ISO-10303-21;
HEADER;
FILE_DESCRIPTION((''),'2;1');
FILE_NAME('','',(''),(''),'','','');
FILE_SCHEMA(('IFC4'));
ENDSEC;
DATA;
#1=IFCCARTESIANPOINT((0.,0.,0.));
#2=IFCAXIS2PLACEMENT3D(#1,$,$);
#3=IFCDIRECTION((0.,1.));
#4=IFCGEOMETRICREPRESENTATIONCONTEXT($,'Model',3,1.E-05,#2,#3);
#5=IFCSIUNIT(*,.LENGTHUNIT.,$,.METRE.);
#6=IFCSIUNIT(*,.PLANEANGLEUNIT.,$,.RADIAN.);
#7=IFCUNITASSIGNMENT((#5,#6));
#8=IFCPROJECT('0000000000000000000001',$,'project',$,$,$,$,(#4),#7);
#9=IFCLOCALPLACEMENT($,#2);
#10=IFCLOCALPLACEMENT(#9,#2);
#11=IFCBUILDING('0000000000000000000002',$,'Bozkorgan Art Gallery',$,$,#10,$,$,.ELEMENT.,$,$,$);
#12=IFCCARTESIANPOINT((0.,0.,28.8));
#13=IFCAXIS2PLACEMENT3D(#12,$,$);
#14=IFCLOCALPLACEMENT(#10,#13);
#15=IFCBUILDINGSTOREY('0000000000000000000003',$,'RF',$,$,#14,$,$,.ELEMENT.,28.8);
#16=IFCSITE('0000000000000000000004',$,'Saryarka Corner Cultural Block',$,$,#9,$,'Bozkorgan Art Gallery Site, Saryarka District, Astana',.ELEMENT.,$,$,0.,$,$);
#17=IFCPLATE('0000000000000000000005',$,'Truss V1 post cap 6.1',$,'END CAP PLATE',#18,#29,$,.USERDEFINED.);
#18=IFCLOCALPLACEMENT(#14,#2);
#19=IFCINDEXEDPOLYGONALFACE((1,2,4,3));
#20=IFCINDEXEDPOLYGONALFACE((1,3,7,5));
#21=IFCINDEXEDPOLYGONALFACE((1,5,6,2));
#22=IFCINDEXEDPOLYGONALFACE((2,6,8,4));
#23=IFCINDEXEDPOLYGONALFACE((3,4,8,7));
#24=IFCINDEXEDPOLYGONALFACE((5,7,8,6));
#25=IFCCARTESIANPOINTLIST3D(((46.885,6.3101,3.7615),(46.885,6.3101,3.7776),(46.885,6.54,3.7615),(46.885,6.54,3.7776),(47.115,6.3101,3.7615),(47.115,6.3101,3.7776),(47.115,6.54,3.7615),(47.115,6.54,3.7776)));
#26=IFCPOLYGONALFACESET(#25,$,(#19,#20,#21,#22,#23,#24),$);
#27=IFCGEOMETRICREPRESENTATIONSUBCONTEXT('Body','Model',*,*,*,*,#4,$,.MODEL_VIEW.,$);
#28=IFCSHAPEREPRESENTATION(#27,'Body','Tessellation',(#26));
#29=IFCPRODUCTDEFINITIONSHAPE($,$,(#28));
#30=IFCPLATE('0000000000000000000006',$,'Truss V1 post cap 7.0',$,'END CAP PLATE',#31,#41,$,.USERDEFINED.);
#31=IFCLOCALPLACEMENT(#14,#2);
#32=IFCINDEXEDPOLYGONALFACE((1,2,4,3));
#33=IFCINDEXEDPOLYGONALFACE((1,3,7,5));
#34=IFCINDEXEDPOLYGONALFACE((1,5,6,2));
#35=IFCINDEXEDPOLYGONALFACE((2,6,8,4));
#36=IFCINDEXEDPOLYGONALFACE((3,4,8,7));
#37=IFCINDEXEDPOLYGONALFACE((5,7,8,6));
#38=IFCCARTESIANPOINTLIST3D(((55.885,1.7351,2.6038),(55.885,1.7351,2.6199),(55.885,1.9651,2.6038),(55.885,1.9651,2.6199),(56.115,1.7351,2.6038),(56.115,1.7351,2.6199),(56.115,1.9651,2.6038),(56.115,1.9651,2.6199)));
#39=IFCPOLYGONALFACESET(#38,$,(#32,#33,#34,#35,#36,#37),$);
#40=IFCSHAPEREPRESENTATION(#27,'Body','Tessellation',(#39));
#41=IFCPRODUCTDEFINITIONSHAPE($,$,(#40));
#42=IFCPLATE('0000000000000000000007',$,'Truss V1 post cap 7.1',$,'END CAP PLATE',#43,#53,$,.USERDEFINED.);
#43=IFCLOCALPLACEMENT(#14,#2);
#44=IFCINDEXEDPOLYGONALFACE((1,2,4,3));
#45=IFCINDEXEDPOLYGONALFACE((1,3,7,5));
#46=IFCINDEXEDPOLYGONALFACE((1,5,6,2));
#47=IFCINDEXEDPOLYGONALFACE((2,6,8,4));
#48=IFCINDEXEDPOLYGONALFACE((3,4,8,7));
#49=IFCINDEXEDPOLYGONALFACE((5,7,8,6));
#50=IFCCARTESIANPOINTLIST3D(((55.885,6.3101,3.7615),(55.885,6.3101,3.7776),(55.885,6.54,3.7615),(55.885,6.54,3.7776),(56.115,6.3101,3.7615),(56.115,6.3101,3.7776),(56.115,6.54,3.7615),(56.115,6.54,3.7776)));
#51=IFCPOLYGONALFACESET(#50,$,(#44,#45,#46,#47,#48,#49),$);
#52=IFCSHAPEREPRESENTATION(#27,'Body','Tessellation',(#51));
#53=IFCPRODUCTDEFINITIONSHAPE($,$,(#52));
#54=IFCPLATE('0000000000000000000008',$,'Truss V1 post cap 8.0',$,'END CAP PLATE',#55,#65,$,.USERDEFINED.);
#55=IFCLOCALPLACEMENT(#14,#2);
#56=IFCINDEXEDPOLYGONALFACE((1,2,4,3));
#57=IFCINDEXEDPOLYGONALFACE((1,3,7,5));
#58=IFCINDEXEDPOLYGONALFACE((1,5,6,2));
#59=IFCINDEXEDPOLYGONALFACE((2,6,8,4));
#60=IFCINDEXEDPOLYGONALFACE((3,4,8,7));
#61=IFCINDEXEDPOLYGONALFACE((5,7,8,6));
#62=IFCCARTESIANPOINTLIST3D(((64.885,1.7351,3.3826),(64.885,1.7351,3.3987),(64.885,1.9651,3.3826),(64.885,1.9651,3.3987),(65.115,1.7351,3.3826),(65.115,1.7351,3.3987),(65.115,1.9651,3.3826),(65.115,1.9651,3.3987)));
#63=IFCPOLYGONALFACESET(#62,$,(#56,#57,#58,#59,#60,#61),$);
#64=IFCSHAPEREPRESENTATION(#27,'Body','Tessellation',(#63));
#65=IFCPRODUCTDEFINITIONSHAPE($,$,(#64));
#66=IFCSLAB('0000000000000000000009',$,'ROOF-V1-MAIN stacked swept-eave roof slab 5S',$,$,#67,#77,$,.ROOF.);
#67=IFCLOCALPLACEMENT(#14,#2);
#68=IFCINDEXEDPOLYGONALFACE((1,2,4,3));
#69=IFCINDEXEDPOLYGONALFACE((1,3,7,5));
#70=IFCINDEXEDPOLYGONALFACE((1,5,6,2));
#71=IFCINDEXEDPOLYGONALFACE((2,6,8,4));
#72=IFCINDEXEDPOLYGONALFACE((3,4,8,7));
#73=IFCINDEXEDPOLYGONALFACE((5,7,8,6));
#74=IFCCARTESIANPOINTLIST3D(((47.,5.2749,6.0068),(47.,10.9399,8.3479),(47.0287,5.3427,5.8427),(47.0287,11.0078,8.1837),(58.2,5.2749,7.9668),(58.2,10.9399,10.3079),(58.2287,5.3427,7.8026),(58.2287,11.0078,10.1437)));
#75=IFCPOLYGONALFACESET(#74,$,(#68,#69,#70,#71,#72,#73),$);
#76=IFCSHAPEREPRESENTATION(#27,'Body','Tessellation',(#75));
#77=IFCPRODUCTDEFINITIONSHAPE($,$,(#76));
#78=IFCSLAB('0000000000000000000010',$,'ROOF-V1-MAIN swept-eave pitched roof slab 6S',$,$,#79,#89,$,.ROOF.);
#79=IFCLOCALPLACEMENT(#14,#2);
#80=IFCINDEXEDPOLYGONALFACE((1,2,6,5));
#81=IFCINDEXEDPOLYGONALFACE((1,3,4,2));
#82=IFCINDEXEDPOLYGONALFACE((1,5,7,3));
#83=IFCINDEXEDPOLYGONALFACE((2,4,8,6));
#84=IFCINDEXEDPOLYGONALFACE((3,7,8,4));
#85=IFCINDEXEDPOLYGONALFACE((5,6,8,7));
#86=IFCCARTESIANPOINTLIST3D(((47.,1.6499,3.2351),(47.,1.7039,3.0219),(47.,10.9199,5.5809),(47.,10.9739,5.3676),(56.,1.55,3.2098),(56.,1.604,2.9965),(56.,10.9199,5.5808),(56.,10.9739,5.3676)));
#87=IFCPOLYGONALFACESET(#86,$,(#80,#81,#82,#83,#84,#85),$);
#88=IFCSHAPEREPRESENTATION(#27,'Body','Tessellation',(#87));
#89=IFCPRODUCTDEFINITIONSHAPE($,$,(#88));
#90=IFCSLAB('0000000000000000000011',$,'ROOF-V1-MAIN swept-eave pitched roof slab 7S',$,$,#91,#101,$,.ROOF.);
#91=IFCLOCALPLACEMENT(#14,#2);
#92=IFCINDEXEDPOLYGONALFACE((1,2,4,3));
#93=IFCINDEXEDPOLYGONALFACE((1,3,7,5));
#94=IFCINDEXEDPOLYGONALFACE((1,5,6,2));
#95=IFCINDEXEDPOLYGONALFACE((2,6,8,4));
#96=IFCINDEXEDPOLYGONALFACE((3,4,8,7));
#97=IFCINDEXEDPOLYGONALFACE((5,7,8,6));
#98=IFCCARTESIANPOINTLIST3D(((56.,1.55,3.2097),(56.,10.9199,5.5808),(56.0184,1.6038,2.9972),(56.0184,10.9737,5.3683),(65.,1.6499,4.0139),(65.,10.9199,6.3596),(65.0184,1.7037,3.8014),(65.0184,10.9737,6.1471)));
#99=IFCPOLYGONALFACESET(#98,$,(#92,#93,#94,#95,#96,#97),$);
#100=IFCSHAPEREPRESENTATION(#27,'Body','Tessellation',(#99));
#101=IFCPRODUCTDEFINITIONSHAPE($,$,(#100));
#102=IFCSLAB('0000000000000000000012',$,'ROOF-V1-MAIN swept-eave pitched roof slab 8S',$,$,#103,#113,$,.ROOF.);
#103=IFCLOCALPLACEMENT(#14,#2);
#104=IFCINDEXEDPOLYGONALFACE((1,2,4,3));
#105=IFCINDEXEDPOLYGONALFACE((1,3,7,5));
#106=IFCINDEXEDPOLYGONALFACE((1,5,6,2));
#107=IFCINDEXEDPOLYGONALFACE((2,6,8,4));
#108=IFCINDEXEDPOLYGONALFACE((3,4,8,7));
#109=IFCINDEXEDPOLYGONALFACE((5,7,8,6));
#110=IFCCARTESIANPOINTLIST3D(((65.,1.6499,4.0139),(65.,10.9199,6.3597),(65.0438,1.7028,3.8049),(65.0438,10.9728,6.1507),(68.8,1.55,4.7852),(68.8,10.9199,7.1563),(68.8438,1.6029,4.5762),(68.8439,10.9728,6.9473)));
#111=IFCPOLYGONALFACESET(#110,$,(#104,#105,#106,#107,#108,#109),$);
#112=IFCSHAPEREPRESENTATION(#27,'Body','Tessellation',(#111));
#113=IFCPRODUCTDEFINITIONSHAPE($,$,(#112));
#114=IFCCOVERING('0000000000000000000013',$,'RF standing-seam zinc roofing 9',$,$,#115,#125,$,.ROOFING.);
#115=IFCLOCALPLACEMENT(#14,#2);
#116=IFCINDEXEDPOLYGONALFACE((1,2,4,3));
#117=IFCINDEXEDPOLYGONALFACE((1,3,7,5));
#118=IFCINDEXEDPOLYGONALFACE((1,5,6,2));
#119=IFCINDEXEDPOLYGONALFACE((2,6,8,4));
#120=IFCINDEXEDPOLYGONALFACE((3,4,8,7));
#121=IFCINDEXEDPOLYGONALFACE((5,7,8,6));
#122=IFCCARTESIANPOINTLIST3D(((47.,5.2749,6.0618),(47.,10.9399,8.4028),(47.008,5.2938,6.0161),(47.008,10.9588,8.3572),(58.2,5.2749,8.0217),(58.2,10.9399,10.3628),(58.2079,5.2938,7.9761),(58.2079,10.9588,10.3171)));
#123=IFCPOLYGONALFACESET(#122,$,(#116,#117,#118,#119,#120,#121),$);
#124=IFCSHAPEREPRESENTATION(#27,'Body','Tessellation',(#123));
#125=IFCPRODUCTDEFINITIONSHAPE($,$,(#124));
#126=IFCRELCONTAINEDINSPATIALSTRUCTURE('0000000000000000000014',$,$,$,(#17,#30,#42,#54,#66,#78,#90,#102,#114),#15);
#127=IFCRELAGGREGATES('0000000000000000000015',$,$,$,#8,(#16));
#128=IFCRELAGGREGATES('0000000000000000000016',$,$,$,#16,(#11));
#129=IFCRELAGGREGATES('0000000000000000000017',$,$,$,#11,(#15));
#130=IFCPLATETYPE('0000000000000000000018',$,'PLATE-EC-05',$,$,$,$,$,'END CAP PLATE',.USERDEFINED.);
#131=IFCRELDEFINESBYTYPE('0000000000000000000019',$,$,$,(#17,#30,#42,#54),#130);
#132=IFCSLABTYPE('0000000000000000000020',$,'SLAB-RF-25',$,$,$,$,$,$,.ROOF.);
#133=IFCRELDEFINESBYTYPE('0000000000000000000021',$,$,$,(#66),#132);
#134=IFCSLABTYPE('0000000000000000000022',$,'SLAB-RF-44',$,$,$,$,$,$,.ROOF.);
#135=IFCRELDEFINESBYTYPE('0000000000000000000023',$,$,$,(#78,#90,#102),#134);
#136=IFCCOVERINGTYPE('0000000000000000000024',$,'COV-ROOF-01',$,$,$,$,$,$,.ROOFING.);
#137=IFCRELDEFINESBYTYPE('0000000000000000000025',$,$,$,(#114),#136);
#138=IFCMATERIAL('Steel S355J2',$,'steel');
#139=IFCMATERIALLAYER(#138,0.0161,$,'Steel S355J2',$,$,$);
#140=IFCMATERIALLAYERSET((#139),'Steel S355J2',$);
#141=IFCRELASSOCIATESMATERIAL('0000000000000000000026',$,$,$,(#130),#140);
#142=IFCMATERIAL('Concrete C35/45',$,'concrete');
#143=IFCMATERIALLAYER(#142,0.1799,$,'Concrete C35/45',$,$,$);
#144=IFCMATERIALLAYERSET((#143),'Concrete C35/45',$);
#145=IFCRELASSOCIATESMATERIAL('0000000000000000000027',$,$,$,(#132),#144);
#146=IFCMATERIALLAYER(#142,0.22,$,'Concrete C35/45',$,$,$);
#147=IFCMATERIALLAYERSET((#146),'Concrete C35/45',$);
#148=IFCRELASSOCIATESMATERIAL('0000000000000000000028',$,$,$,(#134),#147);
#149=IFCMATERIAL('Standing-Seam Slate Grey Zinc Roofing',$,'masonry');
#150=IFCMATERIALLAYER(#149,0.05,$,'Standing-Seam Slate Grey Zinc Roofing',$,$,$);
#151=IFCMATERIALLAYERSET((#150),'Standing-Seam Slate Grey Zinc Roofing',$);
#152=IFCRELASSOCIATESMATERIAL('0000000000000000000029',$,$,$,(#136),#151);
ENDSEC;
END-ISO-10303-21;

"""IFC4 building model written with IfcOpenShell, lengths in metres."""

from ifc_helpers import new_model, si_unit, direction, frame, origin, origin_2d, place, context, subcontext, project, spatial, polyline, rectangle, outline, extrude, material, layer, layer_set, type_object, element, save


model = new_model("IFC4")

# Units and contexts
model_context = context("Model", 3, precision=1e-05, world=origin(), true_north=direction((0.0, 1.0)))
body_context = subcontext(model_context, "Body", "Model", "MODEL_VIEW")
ifc_project = project(units=[si_unit("LENGTHUNIT", "METRE"), si_unit("PLANEANGLEUNIT", "RADIAN")], contexts=[model_context])

# Site, building, storey
site_placement = place(None, origin())
site = spatial("IfcSite", under=ifc_project, at=site_placement, Name="Saryarka Corner Cultural Block", LongName="Bozkorgan Art Gallery Site, Saryarka District, Astana", CompositionType="ELEMENT", RefElevation=0.0)
building_placement = place(site_placement, origin())
building = spatial("IfcBuilding", under=site, at=building_placement, Name="Bozkorgan Art Gallery", CompositionType="ELEMENT")
storey_placement = place(building_placement, frame((0.0, 0.0, 28.8)))
storey = spatial("IfcBuildingStorey", under=building, at=storey_placement, Name="RF", CompositionType="ELEMENT", Elevation=28.8)

# Shared definitions
ifc_material_1 = material(Name="Steel S355J2", Category="steel")

# Plates
ifc_layer_1 = layer(ifc_material_1, 0.0161, Name="Steel S355J2")
ifc_layer_set_1 = layer_set([ifc_layer_1], Name="Steel S355J2")
plate_type_1 = type_object("IfcPlateType", Name="PLATE-EC-05", ElementType="END CAP PLATE", PredefinedType="USERDEFINED", material=ifc_layer_set_1)
for number, where, z_axis, x_axis, name in (
    (1, (47.0, 6.425, 3.7615), (0.0, 0.0, 1.0), (1.0, 0.0, 0.0), "Truss V1 post cap 6.1"),
    (2, (56.0, 1.8501, 2.6038), (0.0, 0.0, 1.0), (1.0, 0.0, 0.0), "Truss V1 post cap 7.0"),
    (3, (56.0, 6.425, 3.7615), (0.0, 0.0, 1.0), (1.0, 0.0, 0.0), "Truss V1 post cap 7.1"),
    (4, (65.0, 1.8501, 3.3826), (0.0, 0.0, 1.0), (1.0, 0.0, 0.0), "Truss V1 post cap 8.0"),
):
    element("IfcPlate", number, at=place(storey_placement, frame(where, z_axis=z_axis, x_axis=x_axis)), inside=storey, type_object=plate_type_1, Name=name, ObjectType="END CAP PLATE", PredefinedType="USERDEFINED", context=body_context, shape_type="SweptSolid", body=[
        extrude(rectangle(XDim=0.23, YDim=0.23, at=origin_2d()), origin(), (0.0, 0.0, 1.0), 0.0161),
    ])

# Slabs
ifc_material_2 = material(Name="Concrete C35/45", Category="concrete")
ifc_layer_2 = layer(ifc_material_2, 0.1799, Name="Concrete C35/45")
ifc_layer_set_2 = layer_set([ifc_layer_2], Name="Concrete C35/45")
slab_type_1 = type_object("IfcSlabType", Name="SLAB-RF-25", PredefinedType="ROOF", material=ifc_layer_set_2)
slab_1_placement = place(storey_placement, frame((47.0, 5.2749, 6.0068), z_axis=(-0.159657, -0.377022, 0.91234), x_axis=(0.985031, 0.0, 0.172378)))
element("IfcSlab", 5, at=slab_1_placement, inside=storey, type_object=slab_type_1, Name="ROOF-V1-MAIN stacked swept-eave roof slab 5S", PredefinedType="ROOF", context=body_context, shape_type="SweptSolid", body=[
    extrude(outline(polyline([(0.0, 0.0), (11.3702, 0.0), (11.7737, 6.1164), (0.4035, 6.1164), (0.0, 0.0)])), origin(), (0.0, 0.0, -1.0), 0.1799),
])
ifc_layer_3 = layer(ifc_material_2, 0.22, Name="Concrete C35/45")
ifc_layer_set_3 = layer_set([ifc_layer_3], Name="Concrete C35/45")
slab_type_2 = type_object("IfcSlabType", Name="SLAB-RF-44", PredefinedType="ROOF", material=ifc_layer_set_3)
slab_2_placement = place(storey_placement, frame((47.0, 1.6499, 3.2351), z_axis=(0.000007, -0.245316, 0.969443), x_axis=(0.999934, -0.011096, -0.002815)))
element("IfcSlab", 6, at=slab_2_placement, inside=storey, type_object=slab_type_2, Name="ROOF-V1-MAIN swept-eave pitched roof slab 6S", PredefinedType="ROOF", context=body_context, shape_type="SweptSolid", body=[
    extrude(outline(polyline([(0.0, 0.0), (9.0006, 0.0), (8.89, 9.6646), (-0.1095, 9.5616), (0.0, 0.0)])), origin(), (0.0, 0.0, -1.0), 0.22),
])
slab_3_placement = place(storey_placement, frame((56.0, 1.55, 3.2097), z_axis=(-0.083603, -0.244457, 0.966049), x_axis=(0.995971, 0.011052, 0.088989)))
element("IfcSlab", 7, at=slab_3_placement, inside=storey, type_object=slab_type_2, Name="ROOF-V1-MAIN swept-eave pitched roof slab 7S", PredefinedType="ROOF", context=body_context, shape_type="SweptSolid", body=[
    extrude(outline(polyline([(0.0, 0.0), (9.0364, 0.0), (9.3476, 9.5571), (0.3146, 9.6601), (0.0, 0.0)])), origin(), (0.0, 0.0, -1.0), 0.22),
])
slab_4_placement = place(storey_placement, frame((65.0, 1.6499, 4.0139), z_axis=(-0.199145, -0.240402, 0.950025), x_axis=(0.979692, -0.025747, 0.198849)))
element("IfcSlab", 8, at=slab_4_placement, inside=storey, type_object=slab_type_2, Name="ROOF-V1-MAIN swept-eave pitched roof slab 8S", PredefinedType="ROOF", context=body_context, shape_type="SweptSolid", body=[
    extrude(outline(polyline([(0.0, 0.0), (3.8788, 0.0), (4.1091, 9.6625), (0.2278, 9.5595), (0.0, 0.0)])), origin(), (0.0, 0.0, -1.0), 0.22),
])

# Covering
ifc_material_3 = material(Name="Standing-Seam Slate Grey Zinc Roofing", Category="masonry")
ifc_layer_4 = layer(ifc_material_3, 0.05, Name="Standing-Seam Slate Grey Zinc Roofing")
ifc_layer_set_4 = layer_set([ifc_layer_4], Name="Standing-Seam Slate Grey Zinc Roofing")
covering_type = type_object("IfcCoveringType", Name="COV-ROOF-01", PredefinedType="ROOFING", material=ifc_layer_set_4)
covering_placement = place(storey_placement, frame((47.0, 5.2749, 6.0618), z_axis=(-0.159657, -0.377022, 0.91234), x_axis=(0.985031, 0.0, 0.172378)))
element("IfcCovering", 9, at=covering_placement, inside=storey, type_object=covering_type, Name="RF standing-seam zinc roofing 9", PredefinedType="ROOFING", context=body_context, shape_type="SweptSolid", body=[
    extrude(outline(polyline([(0.0, 0.0), (11.3702, 0.0), (11.7737, 6.1164), (0.4035, 6.1164), (0.0, 0.0)])), origin(), (0.0, 0.0, -1.0), 0.05),
])

save(model, "model.ifc")
